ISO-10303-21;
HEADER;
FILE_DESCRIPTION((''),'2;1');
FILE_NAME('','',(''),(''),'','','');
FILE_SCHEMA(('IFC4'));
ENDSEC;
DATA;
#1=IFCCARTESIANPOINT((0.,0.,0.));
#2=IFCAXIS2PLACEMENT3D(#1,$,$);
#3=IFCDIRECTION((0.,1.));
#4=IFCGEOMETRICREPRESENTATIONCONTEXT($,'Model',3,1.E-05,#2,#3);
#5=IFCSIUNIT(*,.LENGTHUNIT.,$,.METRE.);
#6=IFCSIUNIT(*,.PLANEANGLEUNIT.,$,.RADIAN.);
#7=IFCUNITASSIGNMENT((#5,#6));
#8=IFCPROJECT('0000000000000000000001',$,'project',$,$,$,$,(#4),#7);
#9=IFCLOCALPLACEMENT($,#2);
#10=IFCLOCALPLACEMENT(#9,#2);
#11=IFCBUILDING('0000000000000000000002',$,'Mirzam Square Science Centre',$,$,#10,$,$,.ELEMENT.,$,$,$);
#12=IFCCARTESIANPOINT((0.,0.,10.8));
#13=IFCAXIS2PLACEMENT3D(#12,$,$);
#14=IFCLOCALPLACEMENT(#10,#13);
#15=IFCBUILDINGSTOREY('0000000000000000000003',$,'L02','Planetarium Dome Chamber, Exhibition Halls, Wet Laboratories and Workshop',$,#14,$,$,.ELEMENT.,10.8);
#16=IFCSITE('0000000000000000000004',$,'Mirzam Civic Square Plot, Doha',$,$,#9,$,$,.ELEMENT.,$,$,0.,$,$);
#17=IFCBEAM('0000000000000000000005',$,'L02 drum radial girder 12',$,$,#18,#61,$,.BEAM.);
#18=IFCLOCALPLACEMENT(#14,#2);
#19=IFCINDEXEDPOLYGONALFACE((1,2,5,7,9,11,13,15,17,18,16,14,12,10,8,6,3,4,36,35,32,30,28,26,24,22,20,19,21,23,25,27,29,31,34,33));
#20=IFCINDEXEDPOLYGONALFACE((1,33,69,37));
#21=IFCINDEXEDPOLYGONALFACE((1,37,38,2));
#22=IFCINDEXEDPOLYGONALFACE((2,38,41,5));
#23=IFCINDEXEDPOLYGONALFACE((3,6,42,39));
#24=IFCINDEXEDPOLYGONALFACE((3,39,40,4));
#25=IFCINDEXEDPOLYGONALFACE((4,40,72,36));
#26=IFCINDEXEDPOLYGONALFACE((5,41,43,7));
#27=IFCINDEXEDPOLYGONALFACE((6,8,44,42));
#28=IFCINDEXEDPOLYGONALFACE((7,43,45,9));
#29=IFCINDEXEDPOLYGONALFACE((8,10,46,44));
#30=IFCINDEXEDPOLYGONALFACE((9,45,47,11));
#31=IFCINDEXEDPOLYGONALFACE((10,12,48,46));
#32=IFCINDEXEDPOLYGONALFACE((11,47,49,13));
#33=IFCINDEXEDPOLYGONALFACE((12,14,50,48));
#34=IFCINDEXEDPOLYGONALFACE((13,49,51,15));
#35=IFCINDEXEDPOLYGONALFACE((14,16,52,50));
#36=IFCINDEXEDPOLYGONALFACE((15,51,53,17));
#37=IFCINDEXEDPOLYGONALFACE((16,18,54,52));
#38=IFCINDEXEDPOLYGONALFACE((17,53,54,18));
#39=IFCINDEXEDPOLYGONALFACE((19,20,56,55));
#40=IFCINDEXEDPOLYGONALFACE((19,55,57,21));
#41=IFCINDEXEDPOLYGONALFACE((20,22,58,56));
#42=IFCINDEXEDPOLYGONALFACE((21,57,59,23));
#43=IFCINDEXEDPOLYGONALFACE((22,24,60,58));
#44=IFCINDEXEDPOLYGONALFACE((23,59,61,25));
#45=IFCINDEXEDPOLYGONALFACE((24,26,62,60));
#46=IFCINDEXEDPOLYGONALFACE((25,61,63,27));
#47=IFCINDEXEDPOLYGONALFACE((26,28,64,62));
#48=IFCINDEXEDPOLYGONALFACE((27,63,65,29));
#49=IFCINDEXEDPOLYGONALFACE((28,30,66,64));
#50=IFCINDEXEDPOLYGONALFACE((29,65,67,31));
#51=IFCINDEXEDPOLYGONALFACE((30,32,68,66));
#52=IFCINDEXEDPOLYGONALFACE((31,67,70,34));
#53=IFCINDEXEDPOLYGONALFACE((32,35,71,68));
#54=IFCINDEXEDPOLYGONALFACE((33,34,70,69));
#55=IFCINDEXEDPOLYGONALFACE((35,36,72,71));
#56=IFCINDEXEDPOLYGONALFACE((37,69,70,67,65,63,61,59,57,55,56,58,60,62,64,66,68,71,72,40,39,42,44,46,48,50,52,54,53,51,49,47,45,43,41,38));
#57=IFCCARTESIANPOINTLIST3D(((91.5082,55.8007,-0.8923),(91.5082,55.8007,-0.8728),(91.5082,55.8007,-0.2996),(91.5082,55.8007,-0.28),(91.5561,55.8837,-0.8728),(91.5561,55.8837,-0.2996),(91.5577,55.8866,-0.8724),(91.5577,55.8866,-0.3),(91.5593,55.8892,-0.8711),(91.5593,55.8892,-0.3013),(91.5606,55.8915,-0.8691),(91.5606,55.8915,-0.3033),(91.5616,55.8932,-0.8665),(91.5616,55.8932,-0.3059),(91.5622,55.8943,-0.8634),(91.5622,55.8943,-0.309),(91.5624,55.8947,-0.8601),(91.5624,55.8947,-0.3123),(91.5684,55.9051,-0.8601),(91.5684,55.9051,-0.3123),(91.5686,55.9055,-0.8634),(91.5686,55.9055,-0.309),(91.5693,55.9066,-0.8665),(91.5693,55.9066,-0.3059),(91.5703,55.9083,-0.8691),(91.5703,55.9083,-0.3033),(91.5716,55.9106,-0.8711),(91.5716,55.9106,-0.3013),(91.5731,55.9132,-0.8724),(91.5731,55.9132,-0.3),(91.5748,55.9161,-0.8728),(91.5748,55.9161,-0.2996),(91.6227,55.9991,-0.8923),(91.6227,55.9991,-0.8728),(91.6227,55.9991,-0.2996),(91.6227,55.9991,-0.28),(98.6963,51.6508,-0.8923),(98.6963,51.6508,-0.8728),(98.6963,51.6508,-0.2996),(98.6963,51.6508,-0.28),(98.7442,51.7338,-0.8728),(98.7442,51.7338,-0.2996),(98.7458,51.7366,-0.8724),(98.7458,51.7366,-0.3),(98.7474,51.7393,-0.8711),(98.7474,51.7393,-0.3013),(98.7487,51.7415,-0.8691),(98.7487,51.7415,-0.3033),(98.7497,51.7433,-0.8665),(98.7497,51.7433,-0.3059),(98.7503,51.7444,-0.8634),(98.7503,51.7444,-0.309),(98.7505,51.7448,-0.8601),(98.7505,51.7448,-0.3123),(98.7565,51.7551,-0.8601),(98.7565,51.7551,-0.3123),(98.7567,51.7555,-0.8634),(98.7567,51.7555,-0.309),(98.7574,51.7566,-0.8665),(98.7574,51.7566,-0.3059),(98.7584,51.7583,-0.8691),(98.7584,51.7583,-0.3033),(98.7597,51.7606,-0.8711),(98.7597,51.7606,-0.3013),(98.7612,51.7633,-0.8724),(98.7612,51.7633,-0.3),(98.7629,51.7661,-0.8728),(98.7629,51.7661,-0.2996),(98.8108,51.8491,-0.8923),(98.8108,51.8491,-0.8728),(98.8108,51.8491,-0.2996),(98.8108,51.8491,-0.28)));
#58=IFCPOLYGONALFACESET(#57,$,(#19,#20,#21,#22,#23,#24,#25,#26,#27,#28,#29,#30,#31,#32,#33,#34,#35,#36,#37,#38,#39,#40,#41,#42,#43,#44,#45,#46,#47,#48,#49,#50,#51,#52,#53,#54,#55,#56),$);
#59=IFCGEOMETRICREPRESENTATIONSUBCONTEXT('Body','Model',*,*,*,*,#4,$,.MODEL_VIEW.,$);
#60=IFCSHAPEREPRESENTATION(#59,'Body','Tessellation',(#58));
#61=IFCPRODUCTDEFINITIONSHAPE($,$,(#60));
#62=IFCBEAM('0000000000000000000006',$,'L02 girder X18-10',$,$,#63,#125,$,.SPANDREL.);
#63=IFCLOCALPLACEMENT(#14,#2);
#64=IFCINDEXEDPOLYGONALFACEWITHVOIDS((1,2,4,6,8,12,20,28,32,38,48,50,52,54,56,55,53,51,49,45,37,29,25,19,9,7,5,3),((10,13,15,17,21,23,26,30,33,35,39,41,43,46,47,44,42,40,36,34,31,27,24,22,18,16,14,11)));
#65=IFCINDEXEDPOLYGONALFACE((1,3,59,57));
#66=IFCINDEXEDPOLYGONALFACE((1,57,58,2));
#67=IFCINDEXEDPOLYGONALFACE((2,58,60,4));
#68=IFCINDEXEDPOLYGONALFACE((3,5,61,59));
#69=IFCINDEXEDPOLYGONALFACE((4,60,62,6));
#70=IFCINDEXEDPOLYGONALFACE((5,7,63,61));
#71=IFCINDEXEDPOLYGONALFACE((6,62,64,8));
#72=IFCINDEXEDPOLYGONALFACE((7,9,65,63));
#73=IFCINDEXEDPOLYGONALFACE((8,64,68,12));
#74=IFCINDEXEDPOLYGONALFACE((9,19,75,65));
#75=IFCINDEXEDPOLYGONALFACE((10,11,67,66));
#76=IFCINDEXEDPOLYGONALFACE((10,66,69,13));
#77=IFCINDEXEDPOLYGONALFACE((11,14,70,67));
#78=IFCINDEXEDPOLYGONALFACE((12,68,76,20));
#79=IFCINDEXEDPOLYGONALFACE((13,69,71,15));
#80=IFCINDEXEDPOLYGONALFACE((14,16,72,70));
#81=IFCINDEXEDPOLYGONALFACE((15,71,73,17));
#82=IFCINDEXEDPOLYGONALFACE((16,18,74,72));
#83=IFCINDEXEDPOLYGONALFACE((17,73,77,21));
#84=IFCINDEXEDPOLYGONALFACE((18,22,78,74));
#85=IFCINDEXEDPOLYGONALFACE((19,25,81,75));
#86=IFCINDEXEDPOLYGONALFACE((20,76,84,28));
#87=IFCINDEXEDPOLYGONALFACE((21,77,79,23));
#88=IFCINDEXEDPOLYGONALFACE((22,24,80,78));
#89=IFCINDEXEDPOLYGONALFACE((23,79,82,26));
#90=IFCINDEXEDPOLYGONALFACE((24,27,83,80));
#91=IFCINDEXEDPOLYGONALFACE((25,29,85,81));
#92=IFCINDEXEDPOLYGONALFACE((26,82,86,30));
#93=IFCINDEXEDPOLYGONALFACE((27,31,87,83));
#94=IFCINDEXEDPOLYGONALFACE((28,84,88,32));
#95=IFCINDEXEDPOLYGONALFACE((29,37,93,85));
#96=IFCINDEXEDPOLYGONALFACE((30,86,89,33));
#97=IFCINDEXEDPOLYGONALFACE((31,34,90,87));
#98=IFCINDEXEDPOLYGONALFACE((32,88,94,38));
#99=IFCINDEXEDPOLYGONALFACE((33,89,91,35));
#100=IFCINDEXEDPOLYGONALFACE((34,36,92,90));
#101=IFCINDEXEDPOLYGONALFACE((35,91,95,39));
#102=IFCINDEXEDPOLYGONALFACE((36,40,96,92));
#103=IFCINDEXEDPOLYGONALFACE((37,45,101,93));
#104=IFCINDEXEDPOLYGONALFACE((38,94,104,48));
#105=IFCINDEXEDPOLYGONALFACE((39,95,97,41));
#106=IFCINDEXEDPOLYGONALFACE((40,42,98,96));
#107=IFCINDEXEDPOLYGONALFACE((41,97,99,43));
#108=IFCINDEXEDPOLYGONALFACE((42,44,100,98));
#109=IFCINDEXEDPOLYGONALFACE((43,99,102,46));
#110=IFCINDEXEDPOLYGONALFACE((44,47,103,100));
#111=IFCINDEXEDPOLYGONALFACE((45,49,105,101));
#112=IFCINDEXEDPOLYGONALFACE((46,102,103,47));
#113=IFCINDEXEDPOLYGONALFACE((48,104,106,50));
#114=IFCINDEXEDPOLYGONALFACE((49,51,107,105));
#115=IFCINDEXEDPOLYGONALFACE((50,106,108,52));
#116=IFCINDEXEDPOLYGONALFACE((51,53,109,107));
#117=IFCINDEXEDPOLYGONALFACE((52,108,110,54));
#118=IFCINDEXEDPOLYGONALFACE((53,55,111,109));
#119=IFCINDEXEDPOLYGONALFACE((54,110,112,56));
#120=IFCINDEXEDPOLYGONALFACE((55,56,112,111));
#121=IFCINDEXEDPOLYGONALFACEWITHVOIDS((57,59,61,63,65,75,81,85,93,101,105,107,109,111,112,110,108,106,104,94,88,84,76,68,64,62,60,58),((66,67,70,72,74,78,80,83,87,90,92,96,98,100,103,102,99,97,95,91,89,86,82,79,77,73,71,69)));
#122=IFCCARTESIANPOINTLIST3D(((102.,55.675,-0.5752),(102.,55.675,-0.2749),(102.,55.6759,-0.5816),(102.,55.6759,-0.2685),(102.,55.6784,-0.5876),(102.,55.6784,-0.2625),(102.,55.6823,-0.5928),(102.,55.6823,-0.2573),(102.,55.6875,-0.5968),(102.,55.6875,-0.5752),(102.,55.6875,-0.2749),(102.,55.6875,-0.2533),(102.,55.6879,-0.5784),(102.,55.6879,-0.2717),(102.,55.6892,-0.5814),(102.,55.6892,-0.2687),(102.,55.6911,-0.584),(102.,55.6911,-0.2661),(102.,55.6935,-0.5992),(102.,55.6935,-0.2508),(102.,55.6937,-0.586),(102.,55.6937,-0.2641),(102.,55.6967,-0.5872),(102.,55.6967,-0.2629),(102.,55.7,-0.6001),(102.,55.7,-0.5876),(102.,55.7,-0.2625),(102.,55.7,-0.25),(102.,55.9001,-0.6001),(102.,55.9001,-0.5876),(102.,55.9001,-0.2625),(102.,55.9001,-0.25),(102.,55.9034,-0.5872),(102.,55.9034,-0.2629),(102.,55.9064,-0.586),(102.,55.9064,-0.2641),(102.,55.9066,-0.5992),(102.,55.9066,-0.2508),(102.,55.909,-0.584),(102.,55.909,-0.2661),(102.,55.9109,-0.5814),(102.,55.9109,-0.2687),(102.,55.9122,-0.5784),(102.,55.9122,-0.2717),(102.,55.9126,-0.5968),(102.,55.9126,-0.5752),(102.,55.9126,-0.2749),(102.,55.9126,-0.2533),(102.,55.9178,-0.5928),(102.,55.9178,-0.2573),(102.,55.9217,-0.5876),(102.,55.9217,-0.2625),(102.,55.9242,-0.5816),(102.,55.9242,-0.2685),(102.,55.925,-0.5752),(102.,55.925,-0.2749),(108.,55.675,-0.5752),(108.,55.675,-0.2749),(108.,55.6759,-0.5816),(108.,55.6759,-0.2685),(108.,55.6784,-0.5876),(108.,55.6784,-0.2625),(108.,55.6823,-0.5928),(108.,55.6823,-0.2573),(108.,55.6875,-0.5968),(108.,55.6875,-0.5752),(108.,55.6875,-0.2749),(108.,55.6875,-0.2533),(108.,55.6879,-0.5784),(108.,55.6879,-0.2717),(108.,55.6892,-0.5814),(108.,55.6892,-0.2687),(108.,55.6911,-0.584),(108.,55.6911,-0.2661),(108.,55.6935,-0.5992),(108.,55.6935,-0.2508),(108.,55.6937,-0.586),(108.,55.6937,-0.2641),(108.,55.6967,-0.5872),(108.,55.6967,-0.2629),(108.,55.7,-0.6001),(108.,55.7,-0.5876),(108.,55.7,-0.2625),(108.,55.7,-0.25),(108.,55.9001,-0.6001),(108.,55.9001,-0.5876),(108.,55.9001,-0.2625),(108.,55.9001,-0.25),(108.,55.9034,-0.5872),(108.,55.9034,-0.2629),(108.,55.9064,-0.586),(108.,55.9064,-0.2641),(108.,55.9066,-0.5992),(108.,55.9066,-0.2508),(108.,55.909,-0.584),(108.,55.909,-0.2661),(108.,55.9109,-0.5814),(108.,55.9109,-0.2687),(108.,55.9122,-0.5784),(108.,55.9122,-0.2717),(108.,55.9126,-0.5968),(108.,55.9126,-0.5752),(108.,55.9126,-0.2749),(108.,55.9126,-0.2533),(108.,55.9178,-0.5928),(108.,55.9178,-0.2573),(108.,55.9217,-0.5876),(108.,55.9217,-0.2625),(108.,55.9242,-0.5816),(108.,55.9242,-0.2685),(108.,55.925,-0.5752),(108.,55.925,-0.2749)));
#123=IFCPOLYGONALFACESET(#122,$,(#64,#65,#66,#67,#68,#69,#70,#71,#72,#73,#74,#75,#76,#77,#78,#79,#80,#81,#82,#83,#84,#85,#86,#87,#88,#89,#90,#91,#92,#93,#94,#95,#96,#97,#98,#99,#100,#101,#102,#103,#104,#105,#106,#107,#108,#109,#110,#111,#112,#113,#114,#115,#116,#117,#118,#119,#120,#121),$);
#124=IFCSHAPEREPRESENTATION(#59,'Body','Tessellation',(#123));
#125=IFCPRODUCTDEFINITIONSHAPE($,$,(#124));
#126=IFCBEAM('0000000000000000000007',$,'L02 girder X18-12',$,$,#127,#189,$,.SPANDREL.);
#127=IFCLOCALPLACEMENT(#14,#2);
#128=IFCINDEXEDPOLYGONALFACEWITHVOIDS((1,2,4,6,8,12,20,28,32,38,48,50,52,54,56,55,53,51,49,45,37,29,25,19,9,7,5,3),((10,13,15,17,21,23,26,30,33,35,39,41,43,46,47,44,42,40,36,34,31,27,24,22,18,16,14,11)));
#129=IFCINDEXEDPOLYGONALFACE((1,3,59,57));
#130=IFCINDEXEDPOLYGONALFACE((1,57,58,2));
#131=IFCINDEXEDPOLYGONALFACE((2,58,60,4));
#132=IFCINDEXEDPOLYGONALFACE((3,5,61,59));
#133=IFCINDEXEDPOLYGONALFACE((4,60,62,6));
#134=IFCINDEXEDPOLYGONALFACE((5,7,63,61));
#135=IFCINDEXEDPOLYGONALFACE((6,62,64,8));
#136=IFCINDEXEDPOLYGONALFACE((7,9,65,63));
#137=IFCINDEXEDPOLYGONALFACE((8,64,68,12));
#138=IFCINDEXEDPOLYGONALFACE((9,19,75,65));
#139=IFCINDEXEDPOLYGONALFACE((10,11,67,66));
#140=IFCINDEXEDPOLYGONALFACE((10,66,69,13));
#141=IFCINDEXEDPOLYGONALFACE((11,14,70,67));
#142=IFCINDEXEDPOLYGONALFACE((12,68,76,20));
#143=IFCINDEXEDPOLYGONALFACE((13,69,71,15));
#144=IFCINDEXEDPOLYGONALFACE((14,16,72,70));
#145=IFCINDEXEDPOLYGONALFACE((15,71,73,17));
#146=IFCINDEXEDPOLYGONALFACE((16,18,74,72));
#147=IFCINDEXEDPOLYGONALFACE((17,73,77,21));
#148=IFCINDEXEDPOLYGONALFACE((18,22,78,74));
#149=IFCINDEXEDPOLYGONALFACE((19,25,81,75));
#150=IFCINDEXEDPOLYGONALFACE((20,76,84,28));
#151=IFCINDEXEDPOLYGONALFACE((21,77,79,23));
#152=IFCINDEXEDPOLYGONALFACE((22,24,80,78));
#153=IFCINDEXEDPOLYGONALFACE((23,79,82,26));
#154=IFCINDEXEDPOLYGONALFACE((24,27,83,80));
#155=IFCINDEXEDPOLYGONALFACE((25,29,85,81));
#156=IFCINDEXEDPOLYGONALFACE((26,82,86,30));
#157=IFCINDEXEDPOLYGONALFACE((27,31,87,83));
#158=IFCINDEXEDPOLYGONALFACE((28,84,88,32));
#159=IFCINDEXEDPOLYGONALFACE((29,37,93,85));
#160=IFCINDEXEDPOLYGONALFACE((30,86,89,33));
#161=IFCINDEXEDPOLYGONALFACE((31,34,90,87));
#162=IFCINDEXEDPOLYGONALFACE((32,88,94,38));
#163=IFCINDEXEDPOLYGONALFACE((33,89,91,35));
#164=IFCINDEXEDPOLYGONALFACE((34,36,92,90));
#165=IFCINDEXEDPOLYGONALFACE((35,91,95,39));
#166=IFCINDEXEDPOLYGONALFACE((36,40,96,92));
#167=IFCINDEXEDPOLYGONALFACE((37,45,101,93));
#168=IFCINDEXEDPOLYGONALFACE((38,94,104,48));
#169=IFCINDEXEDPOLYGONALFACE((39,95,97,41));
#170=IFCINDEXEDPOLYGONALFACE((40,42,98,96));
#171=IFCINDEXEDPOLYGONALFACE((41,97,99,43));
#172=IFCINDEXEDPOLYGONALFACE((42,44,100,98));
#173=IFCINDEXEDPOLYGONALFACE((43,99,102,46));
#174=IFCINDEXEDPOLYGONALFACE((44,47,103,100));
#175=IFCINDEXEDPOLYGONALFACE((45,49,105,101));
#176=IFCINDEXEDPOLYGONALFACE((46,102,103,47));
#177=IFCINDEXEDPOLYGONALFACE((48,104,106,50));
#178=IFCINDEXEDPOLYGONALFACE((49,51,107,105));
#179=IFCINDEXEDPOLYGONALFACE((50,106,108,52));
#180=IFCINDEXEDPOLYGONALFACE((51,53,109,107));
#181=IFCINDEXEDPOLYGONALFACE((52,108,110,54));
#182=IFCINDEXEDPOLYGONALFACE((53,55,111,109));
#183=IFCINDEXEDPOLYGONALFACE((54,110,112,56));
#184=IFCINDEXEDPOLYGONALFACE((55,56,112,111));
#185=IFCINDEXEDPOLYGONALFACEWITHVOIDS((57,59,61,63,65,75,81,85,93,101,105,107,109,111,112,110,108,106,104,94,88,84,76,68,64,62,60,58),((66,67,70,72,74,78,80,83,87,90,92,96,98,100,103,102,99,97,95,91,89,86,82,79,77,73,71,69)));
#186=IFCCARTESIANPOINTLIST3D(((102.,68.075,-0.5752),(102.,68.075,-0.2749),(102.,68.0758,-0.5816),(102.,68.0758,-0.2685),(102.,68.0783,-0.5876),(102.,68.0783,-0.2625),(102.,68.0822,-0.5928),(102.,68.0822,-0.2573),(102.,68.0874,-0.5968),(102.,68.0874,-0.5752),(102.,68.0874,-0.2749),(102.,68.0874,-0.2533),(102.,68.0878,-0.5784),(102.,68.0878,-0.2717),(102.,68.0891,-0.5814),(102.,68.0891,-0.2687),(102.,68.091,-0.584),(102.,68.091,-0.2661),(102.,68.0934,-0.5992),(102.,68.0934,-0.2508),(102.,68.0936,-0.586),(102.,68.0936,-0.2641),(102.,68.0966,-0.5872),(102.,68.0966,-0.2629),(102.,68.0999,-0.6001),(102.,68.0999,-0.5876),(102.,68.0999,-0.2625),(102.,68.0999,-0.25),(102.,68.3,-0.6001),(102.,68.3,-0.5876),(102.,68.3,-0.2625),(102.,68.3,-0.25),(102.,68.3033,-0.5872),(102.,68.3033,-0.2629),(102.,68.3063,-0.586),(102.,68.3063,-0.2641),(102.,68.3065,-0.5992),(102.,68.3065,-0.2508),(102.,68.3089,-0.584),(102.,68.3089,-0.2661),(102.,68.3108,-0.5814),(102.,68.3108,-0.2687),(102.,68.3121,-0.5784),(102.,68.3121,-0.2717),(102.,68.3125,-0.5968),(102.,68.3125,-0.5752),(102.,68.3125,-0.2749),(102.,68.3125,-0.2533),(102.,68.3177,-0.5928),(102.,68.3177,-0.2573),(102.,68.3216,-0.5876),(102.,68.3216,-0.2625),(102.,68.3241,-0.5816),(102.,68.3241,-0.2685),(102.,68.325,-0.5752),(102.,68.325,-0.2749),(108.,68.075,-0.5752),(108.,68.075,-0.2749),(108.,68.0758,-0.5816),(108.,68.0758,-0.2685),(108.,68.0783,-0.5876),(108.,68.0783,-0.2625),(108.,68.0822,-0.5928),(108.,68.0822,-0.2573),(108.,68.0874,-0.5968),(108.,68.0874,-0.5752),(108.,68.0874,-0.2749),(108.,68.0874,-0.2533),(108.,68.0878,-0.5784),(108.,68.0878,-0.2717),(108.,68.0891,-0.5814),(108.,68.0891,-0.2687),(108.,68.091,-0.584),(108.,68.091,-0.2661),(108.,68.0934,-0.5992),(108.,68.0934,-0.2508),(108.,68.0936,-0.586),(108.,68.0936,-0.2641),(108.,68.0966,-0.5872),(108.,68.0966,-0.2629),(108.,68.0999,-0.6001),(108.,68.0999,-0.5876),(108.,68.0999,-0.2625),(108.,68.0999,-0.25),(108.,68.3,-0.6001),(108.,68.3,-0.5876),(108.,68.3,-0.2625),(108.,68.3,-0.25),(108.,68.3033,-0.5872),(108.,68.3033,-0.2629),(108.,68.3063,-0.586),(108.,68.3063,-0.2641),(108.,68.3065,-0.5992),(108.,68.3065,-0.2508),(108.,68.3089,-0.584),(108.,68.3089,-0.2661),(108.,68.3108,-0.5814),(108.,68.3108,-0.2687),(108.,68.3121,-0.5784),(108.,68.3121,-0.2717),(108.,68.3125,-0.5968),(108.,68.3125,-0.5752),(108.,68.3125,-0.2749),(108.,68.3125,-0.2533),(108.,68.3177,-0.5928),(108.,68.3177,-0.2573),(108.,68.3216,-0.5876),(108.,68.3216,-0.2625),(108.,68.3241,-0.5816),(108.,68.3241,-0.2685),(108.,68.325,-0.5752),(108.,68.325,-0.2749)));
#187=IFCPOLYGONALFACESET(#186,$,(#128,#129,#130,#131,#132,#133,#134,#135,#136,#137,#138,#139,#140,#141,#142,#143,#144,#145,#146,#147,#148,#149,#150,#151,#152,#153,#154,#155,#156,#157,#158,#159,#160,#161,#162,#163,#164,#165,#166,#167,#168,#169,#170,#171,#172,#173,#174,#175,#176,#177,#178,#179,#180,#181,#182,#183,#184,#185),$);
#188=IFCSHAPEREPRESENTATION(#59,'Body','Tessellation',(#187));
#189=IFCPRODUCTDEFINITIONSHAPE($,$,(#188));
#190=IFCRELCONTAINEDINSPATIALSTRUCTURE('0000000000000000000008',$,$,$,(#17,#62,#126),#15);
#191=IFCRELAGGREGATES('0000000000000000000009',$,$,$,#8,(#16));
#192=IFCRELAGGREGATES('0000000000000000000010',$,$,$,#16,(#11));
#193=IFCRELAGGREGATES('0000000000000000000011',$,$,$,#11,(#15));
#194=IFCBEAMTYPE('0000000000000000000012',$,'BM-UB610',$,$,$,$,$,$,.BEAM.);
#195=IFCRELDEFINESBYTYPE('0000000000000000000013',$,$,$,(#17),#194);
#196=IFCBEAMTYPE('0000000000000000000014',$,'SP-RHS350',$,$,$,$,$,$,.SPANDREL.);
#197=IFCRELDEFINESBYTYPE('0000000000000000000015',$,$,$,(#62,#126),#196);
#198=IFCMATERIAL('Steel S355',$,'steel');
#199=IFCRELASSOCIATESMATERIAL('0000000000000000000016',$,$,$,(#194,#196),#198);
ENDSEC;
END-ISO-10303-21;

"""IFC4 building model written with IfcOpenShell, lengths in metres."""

from ifc_helpers import new_model, si_unit, direction, frame, origin, origin_2d, place, context, subcontext, project, spatial, hollow_rectangle, i_section, extrude, material, material_profile, profile_set, type_object, element, save


model = new_model("IFC4")

# Units and contexts
model_context = context("Model", 3, precision=1e-05, world=origin(), true_north=direction((0.0, 1.0)))
body_context = subcontext(model_context, "Body", "Model", "MODEL_VIEW")
ifc_project = project(units=[si_unit("LENGTHUNIT", "METRE"), si_unit("PLANEANGLEUNIT", "RADIAN")], contexts=[model_context])

# Site, building, storey
site_placement = place(None, origin())
site = spatial("IfcSite", under=ifc_project, at=site_placement, Name="Mirzam Civic Square Plot, Doha", CompositionType="ELEMENT", RefElevation=0.0)
building_placement = place(site_placement, origin())
building = spatial("IfcBuilding", under=site, at=building_placement, Name="Mirzam Square Science Centre", CompositionType="ELEMENT")
storey_placement = place(building_placement, frame((0.0, 0.0, 10.8)))
storey = spatial("IfcBuildingStorey", under=building, at=storey_placement, Name="L02", Description="Planetarium Dome Chamber, Exhibition Halls, Wet Laboratories and Workshop", CompositionType="ELEMENT", Elevation=10.8)

# Shared definitions
ifc_material_1 = material(Name="Steel S355", Category="steel")

# Beams
ifc_material_profile_1 = material_profile(ifc_material_1, i_section(OverallWidth=0.229, OverallDepth=0.6123, WebThickness=0.012, FlangeThickness=0.0195, FilletRadius=0.0127, at=origin_2d()), Name="610x229x125UB")
ifc_profile_set_1 = profile_set([ifc_material_profile_1], Name="Steel S355")
beam_type_1 = type_object("IfcBeamType", Name="BM-UB610", PredefinedType="BEAM", material=ifc_profile_set_1)
for number, where, z_axis, x_axis, name in (
    (1, (91.5654, 55.8999, -0.5862), (0.86603, -0.499992, 0.0), (0.499992, 0.86603, 0.0), "L02 drum radial girder 12"),
):
    element("IfcBeam", number, at=place(storey_placement, frame(where, z_axis=z_axis, x_axis=x_axis)), inside=storey, type_object=beam_type_1, Name=name, PredefinedType="BEAM", context=body_context, shape_type="SweptSolid", body=[
        extrude(i_section(OverallWidth=0.229, OverallDepth=0.6123, WebThickness=0.012, FlangeThickness=0.0195, FilletRadius=0.0127, at=origin_2d()), origin(), (0.0, 0.0, 1.0), 8.3),
    ])
ifc_material_profile_2 = material_profile(ifc_material_1, hollow_rectangle(XDim=0.25, YDim=0.3501, WallThickness=0.0125, InnerFilletRadius=0.0125, OuterFilletRadius=0.0249, at=origin_2d()), Name="350x250x12.5RHS")
ifc_profile_set_2 = profile_set([ifc_material_profile_2], Name="Steel S355")
beam_type_2 = type_object("IfcBeamType", Name="SP-RHS350", PredefinedType="SPANDREL", material=ifc_profile_set_2)
for number, where, z_axis, x_axis, name in (
    (2, (102.0, 55.8, -0.425), (1.0, 0.0, 0.0), (0.0, 1.0, 0.0), "L02 girder X18-10"),
    (3, (102.0, 68.2, -0.425), (1.0, 0.0, 0.0), (0.0, 1.0, 0.0), "L02 girder X18-12"),
):
    element("IfcBeam", number, at=place(storey_placement, frame(where, z_axis=z_axis, x_axis=x_axis)), inside=storey, type_object=beam_type_2, Name=name, PredefinedType="SPANDREL", context=body_context, shape_type="SweptSolid", body=[
        extrude(hollow_rectangle(XDim=0.25, YDim=0.3501, WallThickness=0.0125, InnerFilletRadius=0.0125, OuterFilletRadius=0.0249, at=origin_2d()), origin(), (0.0, 0.0, 1.0), 6.0),
    ])

save(model, "model.ifc")
